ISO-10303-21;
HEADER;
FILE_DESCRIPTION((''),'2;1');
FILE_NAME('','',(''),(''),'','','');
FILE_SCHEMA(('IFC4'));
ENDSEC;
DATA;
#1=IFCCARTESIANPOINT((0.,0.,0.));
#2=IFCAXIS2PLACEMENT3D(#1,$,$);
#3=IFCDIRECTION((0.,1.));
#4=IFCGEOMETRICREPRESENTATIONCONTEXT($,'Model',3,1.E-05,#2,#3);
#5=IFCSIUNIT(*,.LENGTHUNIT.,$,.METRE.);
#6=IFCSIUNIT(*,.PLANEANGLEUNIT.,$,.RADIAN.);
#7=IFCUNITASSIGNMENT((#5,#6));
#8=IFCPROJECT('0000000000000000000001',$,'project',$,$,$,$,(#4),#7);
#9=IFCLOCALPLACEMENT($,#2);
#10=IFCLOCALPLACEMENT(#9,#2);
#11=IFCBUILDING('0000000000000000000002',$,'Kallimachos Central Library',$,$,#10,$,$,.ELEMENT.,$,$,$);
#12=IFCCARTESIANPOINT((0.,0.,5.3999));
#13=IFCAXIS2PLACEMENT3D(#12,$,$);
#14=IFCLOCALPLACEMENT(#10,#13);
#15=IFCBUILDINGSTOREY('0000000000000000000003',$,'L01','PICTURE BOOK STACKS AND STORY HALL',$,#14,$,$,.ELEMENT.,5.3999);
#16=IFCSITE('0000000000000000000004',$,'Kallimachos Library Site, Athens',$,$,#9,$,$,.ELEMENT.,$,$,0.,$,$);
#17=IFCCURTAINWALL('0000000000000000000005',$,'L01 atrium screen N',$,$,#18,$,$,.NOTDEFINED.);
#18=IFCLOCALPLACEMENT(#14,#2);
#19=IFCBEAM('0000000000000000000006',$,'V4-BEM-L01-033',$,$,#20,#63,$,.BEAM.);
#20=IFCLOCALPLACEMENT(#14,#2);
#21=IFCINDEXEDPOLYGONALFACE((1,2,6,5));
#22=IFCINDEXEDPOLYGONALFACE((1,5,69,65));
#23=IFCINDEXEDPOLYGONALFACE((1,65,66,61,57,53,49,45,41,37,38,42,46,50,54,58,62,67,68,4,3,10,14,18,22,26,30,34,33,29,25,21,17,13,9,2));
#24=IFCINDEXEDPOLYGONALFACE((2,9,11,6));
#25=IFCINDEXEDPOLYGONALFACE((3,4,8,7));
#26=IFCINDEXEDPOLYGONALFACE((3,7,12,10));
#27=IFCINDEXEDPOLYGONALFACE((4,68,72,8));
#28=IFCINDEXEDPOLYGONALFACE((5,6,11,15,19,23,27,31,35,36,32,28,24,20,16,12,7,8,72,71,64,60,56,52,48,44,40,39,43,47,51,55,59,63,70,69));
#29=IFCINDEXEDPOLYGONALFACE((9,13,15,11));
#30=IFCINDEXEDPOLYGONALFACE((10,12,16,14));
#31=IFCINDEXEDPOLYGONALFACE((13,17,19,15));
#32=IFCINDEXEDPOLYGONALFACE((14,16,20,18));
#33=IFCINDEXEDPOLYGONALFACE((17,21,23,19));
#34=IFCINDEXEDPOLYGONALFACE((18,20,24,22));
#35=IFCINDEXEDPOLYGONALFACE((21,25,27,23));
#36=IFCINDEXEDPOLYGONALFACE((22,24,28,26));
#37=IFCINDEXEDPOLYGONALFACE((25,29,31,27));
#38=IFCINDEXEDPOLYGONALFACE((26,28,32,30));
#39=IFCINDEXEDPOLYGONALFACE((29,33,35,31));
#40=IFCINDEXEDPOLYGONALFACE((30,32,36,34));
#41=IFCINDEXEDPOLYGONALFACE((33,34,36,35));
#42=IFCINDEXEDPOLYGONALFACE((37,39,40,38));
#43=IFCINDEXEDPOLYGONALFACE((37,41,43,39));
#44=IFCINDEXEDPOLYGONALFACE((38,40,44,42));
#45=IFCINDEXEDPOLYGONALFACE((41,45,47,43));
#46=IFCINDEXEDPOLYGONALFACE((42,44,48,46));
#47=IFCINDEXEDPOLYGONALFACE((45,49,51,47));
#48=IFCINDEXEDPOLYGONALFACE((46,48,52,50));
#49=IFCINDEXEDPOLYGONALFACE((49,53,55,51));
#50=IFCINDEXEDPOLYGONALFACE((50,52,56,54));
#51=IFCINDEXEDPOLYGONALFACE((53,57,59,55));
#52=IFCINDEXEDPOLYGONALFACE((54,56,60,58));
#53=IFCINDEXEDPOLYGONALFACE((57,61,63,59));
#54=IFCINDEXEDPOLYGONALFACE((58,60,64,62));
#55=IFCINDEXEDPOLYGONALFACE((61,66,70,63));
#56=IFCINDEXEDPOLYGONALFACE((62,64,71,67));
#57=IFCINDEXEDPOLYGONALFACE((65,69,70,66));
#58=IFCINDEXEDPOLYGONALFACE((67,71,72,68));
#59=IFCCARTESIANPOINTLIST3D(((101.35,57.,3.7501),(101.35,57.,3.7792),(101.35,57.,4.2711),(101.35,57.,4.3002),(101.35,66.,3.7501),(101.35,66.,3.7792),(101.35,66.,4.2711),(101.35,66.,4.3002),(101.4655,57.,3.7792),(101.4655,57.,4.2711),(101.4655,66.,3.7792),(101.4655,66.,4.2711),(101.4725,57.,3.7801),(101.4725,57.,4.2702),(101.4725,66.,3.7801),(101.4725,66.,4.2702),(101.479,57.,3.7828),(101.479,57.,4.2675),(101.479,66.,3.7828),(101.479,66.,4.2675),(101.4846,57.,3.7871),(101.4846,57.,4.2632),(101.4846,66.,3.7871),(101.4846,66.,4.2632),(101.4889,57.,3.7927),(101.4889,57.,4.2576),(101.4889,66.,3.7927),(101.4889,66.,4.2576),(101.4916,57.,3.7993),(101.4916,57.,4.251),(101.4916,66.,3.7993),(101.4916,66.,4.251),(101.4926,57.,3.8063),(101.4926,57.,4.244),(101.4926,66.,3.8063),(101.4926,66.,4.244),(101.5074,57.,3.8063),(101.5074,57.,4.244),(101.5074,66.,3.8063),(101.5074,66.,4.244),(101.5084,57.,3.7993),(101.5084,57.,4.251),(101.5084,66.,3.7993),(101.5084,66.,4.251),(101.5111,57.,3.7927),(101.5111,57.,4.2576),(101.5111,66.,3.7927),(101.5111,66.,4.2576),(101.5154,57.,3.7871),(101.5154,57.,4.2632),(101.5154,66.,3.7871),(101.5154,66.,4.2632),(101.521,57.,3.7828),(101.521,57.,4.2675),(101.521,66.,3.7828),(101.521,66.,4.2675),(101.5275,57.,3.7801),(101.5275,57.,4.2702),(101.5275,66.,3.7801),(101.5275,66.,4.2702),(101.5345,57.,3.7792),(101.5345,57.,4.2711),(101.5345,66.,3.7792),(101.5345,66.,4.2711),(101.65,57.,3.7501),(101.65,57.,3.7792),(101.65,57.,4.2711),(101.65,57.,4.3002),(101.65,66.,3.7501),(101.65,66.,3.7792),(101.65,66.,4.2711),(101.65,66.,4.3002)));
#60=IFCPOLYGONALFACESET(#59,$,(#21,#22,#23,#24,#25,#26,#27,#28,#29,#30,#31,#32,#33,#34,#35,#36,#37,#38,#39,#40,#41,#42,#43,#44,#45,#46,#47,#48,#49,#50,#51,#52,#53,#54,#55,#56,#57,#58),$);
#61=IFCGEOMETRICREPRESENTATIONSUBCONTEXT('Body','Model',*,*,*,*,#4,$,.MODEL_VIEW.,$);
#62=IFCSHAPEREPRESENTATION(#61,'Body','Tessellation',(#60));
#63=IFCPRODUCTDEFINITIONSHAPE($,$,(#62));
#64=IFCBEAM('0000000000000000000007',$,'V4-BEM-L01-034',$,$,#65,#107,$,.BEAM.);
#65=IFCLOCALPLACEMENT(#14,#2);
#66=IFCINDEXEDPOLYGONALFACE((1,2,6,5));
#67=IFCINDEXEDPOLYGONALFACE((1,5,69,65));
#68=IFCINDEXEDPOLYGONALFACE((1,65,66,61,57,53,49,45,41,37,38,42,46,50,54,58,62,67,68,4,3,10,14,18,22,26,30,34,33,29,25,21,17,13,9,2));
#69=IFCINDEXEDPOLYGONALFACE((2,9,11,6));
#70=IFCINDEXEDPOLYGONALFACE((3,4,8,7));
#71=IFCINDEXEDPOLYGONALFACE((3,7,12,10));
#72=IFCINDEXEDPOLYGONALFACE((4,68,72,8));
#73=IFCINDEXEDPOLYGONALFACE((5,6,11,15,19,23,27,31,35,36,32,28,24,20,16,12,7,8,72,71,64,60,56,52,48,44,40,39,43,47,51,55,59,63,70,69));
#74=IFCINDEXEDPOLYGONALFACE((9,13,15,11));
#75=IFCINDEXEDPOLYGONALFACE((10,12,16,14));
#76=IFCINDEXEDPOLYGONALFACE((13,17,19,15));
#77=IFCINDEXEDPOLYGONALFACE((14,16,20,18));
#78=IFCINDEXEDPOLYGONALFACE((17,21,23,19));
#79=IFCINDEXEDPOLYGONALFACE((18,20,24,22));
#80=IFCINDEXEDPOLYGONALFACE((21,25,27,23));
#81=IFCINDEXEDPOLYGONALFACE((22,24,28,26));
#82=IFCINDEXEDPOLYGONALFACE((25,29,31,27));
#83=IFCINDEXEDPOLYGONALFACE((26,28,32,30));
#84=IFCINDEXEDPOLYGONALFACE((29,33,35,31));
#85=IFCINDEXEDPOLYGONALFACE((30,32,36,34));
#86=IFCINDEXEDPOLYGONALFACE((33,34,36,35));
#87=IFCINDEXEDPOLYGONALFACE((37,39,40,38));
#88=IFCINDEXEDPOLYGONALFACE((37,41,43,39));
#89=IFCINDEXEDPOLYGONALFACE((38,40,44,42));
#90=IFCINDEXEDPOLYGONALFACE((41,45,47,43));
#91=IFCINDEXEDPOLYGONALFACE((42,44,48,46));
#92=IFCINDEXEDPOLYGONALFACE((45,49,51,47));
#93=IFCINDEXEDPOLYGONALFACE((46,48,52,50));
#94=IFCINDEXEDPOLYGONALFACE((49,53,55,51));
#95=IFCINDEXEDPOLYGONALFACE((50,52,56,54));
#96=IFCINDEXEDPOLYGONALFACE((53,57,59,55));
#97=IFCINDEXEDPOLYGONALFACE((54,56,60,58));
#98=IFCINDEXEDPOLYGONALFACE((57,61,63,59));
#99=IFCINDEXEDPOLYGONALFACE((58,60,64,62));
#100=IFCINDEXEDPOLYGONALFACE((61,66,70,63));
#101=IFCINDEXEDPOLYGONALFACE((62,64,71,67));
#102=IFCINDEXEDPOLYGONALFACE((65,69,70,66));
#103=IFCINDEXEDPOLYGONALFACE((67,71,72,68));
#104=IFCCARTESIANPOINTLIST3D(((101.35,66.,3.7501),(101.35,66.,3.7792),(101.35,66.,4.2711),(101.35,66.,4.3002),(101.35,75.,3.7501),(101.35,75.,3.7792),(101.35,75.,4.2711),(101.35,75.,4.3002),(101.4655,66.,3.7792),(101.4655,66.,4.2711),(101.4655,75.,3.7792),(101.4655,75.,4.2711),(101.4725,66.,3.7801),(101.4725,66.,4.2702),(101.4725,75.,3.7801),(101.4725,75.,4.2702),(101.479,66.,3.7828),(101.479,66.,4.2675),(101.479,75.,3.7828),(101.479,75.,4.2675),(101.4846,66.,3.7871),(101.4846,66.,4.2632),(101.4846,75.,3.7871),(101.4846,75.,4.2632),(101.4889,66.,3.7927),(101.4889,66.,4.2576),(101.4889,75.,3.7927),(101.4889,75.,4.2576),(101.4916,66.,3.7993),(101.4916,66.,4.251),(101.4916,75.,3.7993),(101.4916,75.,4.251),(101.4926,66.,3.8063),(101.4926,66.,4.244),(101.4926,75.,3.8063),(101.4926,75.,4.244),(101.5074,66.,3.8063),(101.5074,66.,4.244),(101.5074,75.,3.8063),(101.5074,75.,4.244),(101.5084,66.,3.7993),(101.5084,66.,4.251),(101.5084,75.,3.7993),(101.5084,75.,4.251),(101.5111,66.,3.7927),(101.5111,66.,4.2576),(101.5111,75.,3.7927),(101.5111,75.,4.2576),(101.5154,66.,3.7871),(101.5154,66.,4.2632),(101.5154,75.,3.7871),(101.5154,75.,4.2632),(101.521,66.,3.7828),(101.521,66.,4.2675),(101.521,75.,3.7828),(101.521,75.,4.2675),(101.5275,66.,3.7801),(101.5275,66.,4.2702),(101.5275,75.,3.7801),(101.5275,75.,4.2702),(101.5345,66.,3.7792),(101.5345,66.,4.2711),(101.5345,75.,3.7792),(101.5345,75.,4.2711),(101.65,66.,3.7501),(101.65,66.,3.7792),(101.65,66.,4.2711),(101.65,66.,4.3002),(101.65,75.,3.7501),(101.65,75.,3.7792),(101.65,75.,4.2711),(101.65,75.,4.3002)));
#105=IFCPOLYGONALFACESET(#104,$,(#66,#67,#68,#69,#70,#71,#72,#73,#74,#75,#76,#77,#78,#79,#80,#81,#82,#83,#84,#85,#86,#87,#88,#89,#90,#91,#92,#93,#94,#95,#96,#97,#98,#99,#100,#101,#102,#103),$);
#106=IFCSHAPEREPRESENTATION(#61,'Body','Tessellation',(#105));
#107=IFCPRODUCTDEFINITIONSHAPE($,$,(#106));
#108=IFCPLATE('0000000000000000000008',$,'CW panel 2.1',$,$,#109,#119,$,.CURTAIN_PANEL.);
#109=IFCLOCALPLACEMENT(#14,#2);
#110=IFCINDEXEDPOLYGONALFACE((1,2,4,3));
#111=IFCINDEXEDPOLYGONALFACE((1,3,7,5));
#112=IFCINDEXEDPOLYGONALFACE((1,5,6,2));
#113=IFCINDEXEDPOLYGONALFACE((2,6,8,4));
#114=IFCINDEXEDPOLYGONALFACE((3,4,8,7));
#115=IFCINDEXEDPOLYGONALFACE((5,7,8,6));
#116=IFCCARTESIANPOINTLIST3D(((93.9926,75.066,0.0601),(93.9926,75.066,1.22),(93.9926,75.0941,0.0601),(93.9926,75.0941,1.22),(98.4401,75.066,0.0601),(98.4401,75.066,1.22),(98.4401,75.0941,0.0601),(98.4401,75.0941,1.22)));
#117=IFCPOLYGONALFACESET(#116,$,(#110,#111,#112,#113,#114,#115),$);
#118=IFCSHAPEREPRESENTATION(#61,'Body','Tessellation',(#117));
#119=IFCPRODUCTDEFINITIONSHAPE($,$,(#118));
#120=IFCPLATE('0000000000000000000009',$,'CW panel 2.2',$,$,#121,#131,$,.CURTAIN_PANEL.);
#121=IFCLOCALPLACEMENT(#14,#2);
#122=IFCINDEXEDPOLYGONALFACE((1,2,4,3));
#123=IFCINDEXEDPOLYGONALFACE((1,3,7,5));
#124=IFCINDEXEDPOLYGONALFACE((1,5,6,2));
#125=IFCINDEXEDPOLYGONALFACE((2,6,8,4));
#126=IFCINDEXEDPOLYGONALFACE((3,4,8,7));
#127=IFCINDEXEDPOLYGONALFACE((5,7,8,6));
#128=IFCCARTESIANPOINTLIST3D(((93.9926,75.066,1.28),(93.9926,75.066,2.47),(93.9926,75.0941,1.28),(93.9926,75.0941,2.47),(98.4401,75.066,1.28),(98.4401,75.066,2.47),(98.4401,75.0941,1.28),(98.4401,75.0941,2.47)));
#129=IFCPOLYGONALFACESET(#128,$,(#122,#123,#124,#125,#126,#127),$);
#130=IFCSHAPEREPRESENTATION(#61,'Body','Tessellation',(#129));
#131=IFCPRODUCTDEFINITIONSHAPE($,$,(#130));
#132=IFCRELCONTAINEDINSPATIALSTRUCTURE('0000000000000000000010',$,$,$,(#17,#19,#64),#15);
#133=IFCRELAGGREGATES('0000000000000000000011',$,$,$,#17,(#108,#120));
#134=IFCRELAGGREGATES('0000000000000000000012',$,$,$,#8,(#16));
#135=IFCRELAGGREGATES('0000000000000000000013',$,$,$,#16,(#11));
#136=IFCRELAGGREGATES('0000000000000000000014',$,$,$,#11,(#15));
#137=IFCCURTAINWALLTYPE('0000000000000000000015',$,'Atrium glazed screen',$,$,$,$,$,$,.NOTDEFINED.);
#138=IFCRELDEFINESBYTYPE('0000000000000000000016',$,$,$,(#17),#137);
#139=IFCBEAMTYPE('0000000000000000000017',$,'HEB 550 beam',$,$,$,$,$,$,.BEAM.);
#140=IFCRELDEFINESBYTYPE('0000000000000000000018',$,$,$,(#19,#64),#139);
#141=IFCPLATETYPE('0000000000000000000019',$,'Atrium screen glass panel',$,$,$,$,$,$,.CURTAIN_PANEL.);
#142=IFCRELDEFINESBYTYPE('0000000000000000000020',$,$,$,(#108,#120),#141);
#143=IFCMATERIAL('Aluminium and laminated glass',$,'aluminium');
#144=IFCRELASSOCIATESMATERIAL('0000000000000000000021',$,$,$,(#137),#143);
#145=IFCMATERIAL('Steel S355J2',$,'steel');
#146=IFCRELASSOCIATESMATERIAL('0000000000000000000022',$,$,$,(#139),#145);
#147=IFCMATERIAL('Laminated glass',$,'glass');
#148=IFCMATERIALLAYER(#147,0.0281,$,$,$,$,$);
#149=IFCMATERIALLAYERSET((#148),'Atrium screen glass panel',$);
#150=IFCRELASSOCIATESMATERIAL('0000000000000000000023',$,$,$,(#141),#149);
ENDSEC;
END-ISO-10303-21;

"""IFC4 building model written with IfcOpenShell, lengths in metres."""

from ifc_helpers import new_model, si_unit, direction, frame, origin, origin_2d, place, context, subcontext, project, spatial, rectangle, i_section, extrude, material, layer, layer_set, material_profile, profile_set, type_object, element, aggregate, save


model = new_model("IFC4")

# Units and contexts
model_context = context("Model", 3, precision=1e-05, world=origin(), true_north=direction((0.0, 1.0)))
body_context = subcontext(model_context, "Body", "Model", "MODEL_VIEW")
ifc_project = project(units=[si_unit("LENGTHUNIT", "METRE"), si_unit("PLANEANGLEUNIT", "RADIAN")], contexts=[model_context])

# Site, building, storey
site_placement = place(None, origin())
site = spatial("IfcSite", under=ifc_project, at=site_placement, Name="Kallimachos Library Site, Athens", CompositionType="ELEMENT", RefElevation=0.0)
building_placement = place(site_placement, origin())
building = spatial("IfcBuilding", under=site, at=building_placement, Name="Kallimachos Central Library", CompositionType="ELEMENT")
storey_placement = place(building_placement, frame((0.0, 0.0, 5.3999)))
storey = spatial("IfcBuildingStorey", under=building, at=storey_placement, Name="L01", Description="PICTURE BOOK STACKS AND STORY HALL", CompositionType="ELEMENT", Elevation=5.3999)

# Curtain wall
ifc_material_1 = material(Name="Aluminium and laminated glass", Category="aluminium")
curtain_wall_type = type_object("IfcCurtainWallType", Name="Atrium glazed screen", PredefinedType="NOTDEFINED", material=ifc_material_1)
curtain_wall_1_placement = place(storey_placement, origin())
curtain_wall_1 = element("IfcCurtainWall", 1, at=curtain_wall_1_placement, inside=storey, type_object=curtain_wall_type, Name="L01 atrium screen N", PredefinedType="NOTDEFINED")

# Beams
ifc_material_2 = material(Name="Steel S355J2", Category="steel")
ifc_material_profile_1 = material_profile(ifc_material_2, i_section(OverallWidth=0.3, OverallDepth=0.55, WebThickness=0.0149, FlangeThickness=0.0291, FilletRadius=0.0271, at=origin_2d()), Name="HEB 550")
ifc_profile_set_1 = profile_set([ifc_material_profile_1], Name="Steel S355J2")
beam_type = type_object("IfcBeamType", Name="HEB 550 beam", PredefinedType="BEAM", material=ifc_profile_set_1)
for number, where, z_axis, x_axis, name in (
    (2, (101.5, 57.0, 4.0251), (0.0, 1.0, 0.0), (-1.0, 0.0, 0.0), "V4-BEM-L01-033"),
    (3, (101.5, 66.0, 4.0251), (0.0, 1.0, 0.0), (-1.0, 0.0, 0.0), "V4-BEM-L01-034"),
):
    element("IfcBeam", number, at=place(storey_placement, frame(where, z_axis=z_axis, x_axis=x_axis)), inside=storey, type_object=beam_type, Name=name, PredefinedType="BEAM", context=body_context, shape_type="SweptSolid", body=[
        extrude(i_section(OverallWidth=0.3, OverallDepth=0.55, WebThickness=0.0149, FlangeThickness=0.0291, FilletRadius=0.0271, at=origin_2d()), origin(), (0.0, 0.0, 1.0), 9.0),
    ])

# Plates
ifc_material_3 = material(Name="Laminated glass", Category="glass")
ifc_layer = layer(ifc_material_3, 0.0281)
ifc_layer_set = layer_set([ifc_layer], Name="Atrium screen glass panel")
plate_type = type_object("IfcPlateType", Name="Atrium screen glass panel", PredefinedType="CURTAIN_PANEL", material=ifc_layer_set)
plate_1_placement = place(storey_placement, frame((96.2163, 75.0801, 0.0601), z_axis=(0.0, 0.0, 1.0), x_axis=(1.0, 0.0, 0.0)))
plate_1 = element("IfcPlate", 4, at=plate_1_placement, type_object=plate_type, Name="CW panel 2.1", PredefinedType="CURTAIN_PANEL", context=body_context, shape_type="SweptSolid", body=[
    extrude(rectangle(XDim=4.4475, YDim=0.0281, at=origin_2d()), origin(), (0.0, 0.0, 1.0), 1.1599),
])
plate_2_placement = place(storey_placement, frame((96.2163, 75.0801, 1.28), z_axis=(0.0, 0.0, 1.0), x_axis=(1.0, 0.0, 0.0)))
plate_2 = element("IfcPlate", 5, at=plate_2_placement, type_object=plate_type, Name="CW panel 2.2", PredefinedType="CURTAIN_PANEL", context=body_context, shape_type="SweptSolid", body=[
    extrude(rectangle(XDim=4.4475, YDim=0.0281, at=origin_2d()), origin(), (0.0, 0.0, 1.0), 1.1899),
])
aggregate(curtain_wall_1, [plate_1, plate_2])

save(model, "model.ifc")
